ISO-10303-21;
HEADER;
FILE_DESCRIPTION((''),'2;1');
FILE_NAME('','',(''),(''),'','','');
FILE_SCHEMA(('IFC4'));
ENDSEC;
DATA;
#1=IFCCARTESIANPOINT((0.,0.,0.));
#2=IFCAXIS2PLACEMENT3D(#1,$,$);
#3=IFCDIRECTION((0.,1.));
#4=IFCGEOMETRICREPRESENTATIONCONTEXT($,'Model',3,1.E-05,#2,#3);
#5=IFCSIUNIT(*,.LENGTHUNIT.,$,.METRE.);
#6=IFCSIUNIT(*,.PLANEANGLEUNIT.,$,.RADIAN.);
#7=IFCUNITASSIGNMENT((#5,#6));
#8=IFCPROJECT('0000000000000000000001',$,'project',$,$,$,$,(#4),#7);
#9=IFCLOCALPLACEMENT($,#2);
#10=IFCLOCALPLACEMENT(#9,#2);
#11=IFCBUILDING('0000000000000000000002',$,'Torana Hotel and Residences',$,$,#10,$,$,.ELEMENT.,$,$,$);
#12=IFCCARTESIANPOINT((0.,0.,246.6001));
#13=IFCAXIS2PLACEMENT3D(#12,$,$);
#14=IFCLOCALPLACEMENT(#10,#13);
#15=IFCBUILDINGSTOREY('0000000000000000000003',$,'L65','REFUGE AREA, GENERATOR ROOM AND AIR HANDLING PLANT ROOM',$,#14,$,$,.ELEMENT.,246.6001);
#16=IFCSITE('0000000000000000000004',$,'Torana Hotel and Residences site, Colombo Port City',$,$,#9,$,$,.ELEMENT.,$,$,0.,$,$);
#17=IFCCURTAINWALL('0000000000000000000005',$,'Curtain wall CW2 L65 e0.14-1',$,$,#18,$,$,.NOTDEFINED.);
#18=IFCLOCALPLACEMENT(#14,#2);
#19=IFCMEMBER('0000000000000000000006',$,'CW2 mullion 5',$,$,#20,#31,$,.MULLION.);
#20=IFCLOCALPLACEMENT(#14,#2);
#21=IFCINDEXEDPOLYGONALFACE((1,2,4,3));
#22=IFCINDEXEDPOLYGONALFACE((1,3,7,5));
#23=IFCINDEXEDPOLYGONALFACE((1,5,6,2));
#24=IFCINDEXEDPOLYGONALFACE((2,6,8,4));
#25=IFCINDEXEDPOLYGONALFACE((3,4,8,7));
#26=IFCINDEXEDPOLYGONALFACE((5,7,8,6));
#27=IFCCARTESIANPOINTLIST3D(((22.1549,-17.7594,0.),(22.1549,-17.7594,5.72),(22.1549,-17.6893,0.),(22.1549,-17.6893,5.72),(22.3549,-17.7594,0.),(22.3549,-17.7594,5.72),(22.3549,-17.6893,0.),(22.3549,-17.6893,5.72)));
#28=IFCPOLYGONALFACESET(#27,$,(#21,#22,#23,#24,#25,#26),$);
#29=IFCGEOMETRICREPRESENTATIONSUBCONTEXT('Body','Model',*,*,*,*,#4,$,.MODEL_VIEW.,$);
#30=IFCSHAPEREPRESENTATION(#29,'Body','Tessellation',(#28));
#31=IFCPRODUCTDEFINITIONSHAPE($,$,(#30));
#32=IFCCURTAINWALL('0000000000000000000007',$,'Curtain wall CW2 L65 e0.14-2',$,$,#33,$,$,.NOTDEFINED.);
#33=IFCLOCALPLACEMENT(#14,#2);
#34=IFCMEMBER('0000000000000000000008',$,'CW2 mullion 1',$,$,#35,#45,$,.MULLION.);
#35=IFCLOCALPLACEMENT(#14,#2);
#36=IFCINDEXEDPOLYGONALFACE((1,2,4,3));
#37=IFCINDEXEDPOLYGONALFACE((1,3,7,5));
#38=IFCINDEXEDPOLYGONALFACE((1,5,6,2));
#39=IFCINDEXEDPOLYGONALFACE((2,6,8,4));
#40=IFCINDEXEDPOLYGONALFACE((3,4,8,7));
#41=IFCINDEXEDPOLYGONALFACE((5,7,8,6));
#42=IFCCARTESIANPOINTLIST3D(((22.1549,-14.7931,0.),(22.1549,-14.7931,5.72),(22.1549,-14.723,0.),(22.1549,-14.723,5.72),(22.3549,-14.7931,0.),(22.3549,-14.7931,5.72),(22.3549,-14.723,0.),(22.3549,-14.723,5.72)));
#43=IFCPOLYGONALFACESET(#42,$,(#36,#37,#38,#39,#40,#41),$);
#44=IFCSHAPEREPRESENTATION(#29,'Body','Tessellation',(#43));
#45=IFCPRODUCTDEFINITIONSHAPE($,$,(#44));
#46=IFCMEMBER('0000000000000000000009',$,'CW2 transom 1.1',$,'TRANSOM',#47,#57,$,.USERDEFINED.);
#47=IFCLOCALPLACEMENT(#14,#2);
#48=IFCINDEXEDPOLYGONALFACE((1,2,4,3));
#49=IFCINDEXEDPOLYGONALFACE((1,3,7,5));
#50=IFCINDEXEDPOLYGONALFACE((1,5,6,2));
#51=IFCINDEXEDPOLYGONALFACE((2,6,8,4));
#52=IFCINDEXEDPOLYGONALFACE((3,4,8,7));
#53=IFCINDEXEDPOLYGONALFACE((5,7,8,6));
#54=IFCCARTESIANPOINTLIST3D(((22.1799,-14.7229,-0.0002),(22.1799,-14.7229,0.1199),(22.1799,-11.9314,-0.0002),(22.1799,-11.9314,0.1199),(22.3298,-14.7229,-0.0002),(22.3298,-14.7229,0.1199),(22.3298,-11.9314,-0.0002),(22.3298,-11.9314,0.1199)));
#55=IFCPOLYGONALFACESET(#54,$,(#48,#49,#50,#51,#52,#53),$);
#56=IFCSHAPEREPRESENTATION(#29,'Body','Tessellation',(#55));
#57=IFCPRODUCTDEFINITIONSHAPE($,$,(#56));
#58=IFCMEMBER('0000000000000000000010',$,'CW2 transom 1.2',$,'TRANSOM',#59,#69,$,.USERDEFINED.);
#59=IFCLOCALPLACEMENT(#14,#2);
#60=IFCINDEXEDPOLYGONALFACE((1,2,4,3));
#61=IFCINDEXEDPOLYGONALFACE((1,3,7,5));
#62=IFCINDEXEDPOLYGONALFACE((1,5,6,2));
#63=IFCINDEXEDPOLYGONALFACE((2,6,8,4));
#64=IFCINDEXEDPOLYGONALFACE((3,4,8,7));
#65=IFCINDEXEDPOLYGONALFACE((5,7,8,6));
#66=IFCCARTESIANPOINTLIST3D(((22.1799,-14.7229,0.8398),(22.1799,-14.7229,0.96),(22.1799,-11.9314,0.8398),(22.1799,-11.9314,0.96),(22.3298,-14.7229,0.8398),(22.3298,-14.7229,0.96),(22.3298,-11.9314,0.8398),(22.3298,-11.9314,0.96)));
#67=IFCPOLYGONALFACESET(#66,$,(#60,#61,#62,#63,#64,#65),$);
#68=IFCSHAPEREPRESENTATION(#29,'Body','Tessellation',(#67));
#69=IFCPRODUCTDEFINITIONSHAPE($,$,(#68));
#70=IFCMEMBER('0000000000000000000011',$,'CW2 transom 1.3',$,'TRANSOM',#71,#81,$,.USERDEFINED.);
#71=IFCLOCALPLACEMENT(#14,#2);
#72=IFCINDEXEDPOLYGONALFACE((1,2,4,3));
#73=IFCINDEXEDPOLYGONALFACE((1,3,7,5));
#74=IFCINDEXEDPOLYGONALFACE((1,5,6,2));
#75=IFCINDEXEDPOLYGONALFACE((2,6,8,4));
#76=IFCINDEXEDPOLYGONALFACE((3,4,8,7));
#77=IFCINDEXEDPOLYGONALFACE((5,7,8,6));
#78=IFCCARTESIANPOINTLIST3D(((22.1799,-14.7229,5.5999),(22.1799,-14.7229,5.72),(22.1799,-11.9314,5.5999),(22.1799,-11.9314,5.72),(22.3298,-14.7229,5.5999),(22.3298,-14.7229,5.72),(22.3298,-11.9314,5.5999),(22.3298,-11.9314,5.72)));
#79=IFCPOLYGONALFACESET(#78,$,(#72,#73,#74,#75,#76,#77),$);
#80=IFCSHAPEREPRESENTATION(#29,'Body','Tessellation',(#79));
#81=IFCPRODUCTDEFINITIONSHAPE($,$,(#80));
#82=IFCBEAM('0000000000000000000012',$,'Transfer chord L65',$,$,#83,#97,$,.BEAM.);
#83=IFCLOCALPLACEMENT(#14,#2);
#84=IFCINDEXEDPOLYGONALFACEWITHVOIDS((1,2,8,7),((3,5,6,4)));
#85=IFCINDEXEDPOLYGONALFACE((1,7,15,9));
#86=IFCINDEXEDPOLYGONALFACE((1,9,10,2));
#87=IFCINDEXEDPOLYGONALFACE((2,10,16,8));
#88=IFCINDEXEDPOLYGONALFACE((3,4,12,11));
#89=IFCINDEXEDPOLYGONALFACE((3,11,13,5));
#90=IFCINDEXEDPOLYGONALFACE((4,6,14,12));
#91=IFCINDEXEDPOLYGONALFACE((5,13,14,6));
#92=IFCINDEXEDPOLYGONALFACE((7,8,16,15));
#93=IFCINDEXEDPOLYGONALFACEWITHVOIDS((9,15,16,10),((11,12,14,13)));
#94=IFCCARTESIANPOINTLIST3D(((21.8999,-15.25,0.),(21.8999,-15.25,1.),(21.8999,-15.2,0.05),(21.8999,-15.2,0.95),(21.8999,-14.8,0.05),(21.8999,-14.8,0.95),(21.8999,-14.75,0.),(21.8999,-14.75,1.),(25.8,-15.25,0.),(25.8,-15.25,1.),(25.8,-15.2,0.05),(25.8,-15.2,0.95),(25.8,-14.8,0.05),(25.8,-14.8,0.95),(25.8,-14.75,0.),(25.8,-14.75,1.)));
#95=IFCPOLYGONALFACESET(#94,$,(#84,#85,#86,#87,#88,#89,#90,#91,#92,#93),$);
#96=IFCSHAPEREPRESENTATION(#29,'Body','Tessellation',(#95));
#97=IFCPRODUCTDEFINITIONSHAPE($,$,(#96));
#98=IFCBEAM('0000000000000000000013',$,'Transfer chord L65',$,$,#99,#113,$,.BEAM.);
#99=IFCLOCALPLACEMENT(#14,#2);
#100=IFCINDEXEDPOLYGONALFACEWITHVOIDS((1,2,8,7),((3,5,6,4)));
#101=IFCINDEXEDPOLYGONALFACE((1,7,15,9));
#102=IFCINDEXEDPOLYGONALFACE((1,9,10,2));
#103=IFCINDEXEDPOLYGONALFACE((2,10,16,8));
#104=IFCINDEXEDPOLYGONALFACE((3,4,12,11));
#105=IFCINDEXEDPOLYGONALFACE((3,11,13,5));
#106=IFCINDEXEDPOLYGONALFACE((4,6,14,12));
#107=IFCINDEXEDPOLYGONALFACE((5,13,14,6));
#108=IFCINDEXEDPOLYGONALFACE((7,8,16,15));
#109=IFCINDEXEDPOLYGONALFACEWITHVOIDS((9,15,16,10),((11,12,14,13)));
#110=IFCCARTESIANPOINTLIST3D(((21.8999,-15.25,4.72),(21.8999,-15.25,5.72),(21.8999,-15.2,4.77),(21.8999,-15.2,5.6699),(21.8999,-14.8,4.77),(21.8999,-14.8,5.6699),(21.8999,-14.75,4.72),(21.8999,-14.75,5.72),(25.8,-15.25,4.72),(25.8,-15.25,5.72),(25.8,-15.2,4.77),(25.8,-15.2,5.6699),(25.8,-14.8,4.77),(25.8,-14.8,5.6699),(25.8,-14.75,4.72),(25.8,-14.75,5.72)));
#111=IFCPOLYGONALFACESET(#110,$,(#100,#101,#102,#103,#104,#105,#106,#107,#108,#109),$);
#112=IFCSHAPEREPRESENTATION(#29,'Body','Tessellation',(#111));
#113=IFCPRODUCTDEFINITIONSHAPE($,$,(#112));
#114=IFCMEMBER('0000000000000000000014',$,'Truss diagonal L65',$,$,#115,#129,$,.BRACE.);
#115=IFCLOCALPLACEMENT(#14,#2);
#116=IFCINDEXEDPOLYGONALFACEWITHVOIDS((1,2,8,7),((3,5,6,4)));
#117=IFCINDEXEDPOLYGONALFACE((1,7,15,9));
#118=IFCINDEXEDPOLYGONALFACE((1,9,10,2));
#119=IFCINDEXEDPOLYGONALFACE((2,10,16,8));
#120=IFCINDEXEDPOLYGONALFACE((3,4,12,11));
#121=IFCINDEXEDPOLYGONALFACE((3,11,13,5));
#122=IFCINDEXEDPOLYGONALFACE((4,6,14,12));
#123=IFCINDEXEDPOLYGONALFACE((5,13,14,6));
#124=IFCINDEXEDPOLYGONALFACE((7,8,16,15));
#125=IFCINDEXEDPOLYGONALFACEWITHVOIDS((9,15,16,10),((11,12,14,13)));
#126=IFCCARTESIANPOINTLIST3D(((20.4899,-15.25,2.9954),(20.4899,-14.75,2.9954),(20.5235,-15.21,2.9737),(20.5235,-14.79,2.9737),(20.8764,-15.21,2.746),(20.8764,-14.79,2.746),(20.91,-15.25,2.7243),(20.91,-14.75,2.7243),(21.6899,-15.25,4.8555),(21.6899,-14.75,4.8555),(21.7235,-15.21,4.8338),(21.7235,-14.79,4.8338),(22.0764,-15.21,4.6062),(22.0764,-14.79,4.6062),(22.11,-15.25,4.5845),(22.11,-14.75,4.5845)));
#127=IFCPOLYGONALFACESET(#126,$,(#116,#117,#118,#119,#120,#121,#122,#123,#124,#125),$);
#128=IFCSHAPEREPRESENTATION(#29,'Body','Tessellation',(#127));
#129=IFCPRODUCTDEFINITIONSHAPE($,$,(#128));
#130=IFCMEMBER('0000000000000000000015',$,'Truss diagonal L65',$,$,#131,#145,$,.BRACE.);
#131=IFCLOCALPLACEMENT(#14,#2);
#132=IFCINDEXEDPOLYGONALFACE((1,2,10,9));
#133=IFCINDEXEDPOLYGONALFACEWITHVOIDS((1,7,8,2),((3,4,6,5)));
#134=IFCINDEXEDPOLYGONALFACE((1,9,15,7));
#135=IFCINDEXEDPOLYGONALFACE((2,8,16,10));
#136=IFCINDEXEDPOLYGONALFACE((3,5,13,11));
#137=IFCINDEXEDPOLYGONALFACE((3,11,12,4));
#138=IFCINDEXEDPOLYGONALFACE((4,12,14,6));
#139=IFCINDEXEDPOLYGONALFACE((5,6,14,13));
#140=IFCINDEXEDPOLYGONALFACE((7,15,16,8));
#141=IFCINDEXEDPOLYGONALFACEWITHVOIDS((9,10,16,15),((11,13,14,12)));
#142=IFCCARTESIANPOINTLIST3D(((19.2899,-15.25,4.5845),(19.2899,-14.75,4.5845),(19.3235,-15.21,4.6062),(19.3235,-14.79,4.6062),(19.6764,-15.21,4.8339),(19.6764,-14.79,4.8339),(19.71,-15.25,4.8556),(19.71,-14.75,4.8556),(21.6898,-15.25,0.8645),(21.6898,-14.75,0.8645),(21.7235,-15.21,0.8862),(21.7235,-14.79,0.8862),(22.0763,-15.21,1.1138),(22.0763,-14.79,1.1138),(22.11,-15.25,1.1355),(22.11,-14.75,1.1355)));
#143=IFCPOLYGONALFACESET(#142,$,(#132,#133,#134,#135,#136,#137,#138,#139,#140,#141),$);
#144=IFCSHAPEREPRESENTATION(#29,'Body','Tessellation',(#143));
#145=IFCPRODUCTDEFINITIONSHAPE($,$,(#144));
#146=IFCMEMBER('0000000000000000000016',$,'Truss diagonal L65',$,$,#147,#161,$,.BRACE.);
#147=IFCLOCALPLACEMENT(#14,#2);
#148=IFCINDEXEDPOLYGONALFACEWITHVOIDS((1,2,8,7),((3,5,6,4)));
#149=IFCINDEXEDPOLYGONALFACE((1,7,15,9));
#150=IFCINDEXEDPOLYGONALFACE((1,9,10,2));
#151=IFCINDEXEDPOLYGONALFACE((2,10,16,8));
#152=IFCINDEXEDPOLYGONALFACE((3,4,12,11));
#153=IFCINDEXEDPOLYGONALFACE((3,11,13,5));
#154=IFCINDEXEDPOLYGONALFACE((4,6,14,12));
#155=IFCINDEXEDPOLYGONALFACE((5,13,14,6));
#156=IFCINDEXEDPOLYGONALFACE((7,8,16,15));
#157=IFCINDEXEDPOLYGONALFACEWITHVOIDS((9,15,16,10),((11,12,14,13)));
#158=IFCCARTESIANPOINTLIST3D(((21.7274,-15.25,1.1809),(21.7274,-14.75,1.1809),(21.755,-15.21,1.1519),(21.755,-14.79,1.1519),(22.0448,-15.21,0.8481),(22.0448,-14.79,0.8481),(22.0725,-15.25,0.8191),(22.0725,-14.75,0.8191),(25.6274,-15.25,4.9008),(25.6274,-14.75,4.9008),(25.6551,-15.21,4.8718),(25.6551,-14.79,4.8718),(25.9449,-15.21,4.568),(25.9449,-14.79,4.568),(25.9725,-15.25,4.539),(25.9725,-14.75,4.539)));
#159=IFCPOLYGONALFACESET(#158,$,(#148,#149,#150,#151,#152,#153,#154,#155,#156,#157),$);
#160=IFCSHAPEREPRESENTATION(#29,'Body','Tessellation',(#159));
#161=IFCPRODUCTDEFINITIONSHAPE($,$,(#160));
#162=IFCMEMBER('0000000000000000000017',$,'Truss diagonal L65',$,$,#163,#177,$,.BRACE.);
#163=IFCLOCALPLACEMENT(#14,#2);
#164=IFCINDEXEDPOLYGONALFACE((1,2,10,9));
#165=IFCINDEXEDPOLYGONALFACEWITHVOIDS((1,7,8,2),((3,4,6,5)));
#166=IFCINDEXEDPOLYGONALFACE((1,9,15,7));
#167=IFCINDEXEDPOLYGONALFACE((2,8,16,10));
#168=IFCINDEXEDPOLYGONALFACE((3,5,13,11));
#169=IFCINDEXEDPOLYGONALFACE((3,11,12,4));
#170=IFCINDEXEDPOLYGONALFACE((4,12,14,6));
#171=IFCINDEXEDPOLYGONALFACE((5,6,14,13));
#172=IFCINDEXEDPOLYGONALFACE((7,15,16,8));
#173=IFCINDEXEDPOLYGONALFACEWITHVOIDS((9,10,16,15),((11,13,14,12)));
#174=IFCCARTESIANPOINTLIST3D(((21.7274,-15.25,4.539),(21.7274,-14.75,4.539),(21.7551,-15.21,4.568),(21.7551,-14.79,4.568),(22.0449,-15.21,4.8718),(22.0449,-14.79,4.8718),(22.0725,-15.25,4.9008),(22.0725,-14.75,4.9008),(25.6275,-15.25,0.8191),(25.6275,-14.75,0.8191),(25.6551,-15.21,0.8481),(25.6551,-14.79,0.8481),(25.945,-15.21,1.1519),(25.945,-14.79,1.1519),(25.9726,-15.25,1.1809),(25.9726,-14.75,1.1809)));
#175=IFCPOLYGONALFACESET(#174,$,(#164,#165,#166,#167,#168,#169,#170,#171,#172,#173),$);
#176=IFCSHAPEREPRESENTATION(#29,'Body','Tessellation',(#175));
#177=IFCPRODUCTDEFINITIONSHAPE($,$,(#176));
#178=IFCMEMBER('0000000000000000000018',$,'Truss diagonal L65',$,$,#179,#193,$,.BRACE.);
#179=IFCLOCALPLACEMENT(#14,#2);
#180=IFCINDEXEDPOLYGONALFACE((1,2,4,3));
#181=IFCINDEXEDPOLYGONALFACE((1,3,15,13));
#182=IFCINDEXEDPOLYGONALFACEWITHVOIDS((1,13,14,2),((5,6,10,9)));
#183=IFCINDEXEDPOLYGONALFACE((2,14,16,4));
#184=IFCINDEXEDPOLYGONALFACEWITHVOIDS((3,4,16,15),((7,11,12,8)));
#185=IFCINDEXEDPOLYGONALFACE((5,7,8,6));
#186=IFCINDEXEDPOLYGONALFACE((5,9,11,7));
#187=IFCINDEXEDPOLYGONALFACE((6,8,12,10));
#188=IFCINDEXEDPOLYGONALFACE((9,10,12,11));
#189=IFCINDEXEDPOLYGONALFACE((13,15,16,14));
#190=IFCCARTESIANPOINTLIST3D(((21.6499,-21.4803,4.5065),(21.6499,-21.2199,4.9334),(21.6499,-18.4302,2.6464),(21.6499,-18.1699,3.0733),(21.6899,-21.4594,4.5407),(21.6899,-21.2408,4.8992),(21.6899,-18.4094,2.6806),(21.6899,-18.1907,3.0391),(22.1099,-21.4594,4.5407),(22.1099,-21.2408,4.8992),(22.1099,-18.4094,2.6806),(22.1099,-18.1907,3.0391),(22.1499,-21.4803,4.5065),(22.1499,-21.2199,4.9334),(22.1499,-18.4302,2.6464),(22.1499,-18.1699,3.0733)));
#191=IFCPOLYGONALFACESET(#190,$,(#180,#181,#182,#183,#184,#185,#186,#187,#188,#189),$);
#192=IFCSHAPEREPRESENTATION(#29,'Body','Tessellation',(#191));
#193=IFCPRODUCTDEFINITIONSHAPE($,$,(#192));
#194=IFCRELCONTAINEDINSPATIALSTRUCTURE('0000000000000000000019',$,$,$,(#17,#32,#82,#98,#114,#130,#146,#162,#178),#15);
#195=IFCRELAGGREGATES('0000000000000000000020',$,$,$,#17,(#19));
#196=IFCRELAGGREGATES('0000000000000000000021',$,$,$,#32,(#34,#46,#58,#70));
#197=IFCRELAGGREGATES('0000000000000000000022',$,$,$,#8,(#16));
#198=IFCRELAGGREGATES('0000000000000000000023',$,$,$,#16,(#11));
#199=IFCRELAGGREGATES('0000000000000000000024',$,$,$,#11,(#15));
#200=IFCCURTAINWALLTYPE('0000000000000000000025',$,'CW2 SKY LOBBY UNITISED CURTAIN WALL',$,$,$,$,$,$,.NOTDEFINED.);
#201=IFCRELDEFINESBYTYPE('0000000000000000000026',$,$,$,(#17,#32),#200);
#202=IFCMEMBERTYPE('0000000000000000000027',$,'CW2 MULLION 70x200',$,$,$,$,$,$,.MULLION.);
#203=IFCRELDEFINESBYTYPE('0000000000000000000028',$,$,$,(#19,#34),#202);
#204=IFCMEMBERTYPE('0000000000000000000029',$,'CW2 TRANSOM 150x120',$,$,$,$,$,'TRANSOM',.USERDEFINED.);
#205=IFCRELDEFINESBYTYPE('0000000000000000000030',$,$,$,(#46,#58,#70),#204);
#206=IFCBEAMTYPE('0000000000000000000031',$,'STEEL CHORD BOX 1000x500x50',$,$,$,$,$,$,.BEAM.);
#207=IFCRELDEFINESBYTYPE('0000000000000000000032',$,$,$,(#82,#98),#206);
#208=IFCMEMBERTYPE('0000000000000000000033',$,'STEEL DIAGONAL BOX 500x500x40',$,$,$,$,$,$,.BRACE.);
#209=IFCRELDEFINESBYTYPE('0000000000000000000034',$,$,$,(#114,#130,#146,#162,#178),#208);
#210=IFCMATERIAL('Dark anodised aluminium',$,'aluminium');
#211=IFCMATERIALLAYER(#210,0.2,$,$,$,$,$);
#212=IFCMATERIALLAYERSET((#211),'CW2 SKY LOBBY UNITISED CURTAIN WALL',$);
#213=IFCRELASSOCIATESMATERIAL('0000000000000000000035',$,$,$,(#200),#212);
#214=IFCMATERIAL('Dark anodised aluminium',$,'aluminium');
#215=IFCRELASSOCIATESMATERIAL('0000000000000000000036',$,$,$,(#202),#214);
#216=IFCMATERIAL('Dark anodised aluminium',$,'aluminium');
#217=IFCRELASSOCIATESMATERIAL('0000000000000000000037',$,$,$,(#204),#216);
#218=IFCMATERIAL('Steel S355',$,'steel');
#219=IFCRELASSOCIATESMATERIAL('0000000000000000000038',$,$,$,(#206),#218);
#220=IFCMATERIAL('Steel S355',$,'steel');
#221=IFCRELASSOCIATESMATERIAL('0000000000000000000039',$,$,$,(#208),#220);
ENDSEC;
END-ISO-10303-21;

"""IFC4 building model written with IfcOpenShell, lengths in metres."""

from ifc_helpers import new_model, si_unit, direction, frame, origin, origin_2d, place, context, subcontext, project, spatial, rectangle, hollow_rectangle, extrude, material, layer, layer_set, material_profile, profile_set, type_object, element, aggregate, save


model = new_model("IFC4")

# Units and contexts
model_context = context("Model", 3, precision=1e-05, world=origin(), true_north=direction((0.0, 1.0)))
body_context = subcontext(model_context, "Body", "Model", "MODEL_VIEW")
ifc_project = project(units=[si_unit("LENGTHUNIT", "METRE"), si_unit("PLANEANGLEUNIT", "RADIAN")], contexts=[model_context])

# Site, building, storey
site_placement = place(None, origin())
site = spatial("IfcSite", under=ifc_project, at=site_placement, Name="Torana Hotel and Residences site, Colombo Port City", CompositionType="ELEMENT", RefElevation=0.0)
building_placement = place(site_placement, origin())
building = spatial("IfcBuilding", under=site, at=building_placement, Name="Torana Hotel and Residences", CompositionType="ELEMENT")
storey_placement = place(building_placement, frame((0.0, 0.0, 246.6001)))
storey = spatial("IfcBuildingStorey", under=building, at=storey_placement, Name="L65", Description="REFUGE AREA, GENERATOR ROOM AND AIR HANDLING PLANT ROOM", CompositionType="ELEMENT", Elevation=246.6001)

# Curtain wall, member
ifc_material_1 = material(Name="Dark anodised aluminium", Category="aluminium")
ifc_layer_1 = layer(ifc_material_1, 0.2)
ifc_layer_set_1 = layer_set([ifc_layer_1], Name="CW2 SKY LOBBY UNITISED CURTAIN WALL")
curtain_wall_type = type_object("IfcCurtainWallType", Name="CW2 SKY LOBBY UNITISED CURTAIN WALL", PredefinedType="NOTDEFINED", material=ifc_layer_set_1)
curtain_wall_1_placement = place(storey_placement, origin())
curtain_wall_1 = element("IfcCurtainWall", 1, at=curtain_wall_1_placement, inside=storey, type_object=curtain_wall_type, Name="Curtain wall CW2 L65 e0.14-1", PredefinedType="NOTDEFINED")
ifc_material_2 = material(Name="Dark anodised aluminium", Category="aluminium")
ifc_material_profile_1 = material_profile(ifc_material_2, rectangle(XDim=0.2, YDim=0.0701, at=origin_2d()), Name="CW2 MULLION 70x200")
ifc_profile_set_1 = profile_set([ifc_material_profile_1], Name="Dark anodised aluminium")
member_type_1 = type_object("IfcMemberType", Name="CW2 MULLION 70x200", PredefinedType="MULLION", material=ifc_profile_set_1)
member_1_placement = place(storey_placement, frame((22.2549, -17.7244, 0.0), z_axis=(0.0, 0.0, 1.0), x_axis=(-1.0, 0.0, 0.0)))
member_1 = element("IfcMember", 2, at=member_1_placement, type_object=member_type_1, Name="CW2 mullion 5", PredefinedType="MULLION", context=body_context, shape_type="SweptSolid", body=[
    extrude(rectangle(XDim=0.2, YDim=0.0701, at=origin_2d()), origin(), (0.0, 0.0, 1.0), 5.72),
])
aggregate(curtain_wall_1, [member_1])

# Curtain wall, members
curtain_wall_2_placement = place(storey_placement, origin())
curtain_wall_2 = element("IfcCurtainWall", 3, at=curtain_wall_2_placement, inside=storey, type_object=curtain_wall_type, Name="Curtain wall CW2 L65 e0.14-2", PredefinedType="NOTDEFINED")
member_2_placement = place(storey_placement, frame((22.2549, -14.7581, 0.0), z_axis=(0.0, 0.0, 1.0), x_axis=(-1.0, 0.0, 0.0)))
member_2 = element("IfcMember", 4, at=member_2_placement, type_object=member_type_1, Name="CW2 mullion 1", PredefinedType="MULLION", context=body_context, shape_type="SweptSolid", body=[
    extrude(rectangle(XDim=0.2, YDim=0.0701, at=origin_2d()), origin(), (0.0, 0.0, 1.0), 5.72),
])
ifc_material_3 = material(Name="Dark anodised aluminium", Category="aluminium")
ifc_material_profile_2 = material_profile(ifc_material_3, rectangle(XDim=0.1499, YDim=0.1201, at=origin_2d()), Name="CW2 TRANSOM 150x120")
ifc_profile_set_2 = profile_set([ifc_material_profile_2], Name="Dark anodised aluminium")
member_type_2 = type_object("IfcMemberType", Name="CW2 TRANSOM 150x120", ElementType="TRANSOM", PredefinedType="USERDEFINED", material=ifc_profile_set_2)
member_3_placement = place(storey_placement, frame((22.2549, -14.7229, 0.0598), z_axis=(0.0, 1.0, 0.0), x_axis=(-1.0, 0.0, 0.0)))
member_3 = element("IfcMember", 5, at=member_3_placement, type_object=member_type_2, Name="CW2 transom 1.1", ObjectType="TRANSOM", PredefinedType="USERDEFINED", context=body_context, shape_type="SweptSolid", body=[
    extrude(rectangle(XDim=0.1499, YDim=0.1201, at=origin_2d()), origin(), (0.0, 0.0, 1.0), 2.7915),
])
member_4_placement = place(storey_placement, frame((22.2549, -14.7229, 0.8999), z_axis=(0.0, 1.0, 0.0), x_axis=(-1.0, 0.0, 0.0)))
member_4 = element("IfcMember", 6, at=member_4_placement, type_object=member_type_2, Name="CW2 transom 1.2", ObjectType="TRANSOM", PredefinedType="USERDEFINED", context=body_context, shape_type="SweptSolid", body=[
    extrude(rectangle(XDim=0.1499, YDim=0.1201, at=origin_2d()), origin(), (0.0, 0.0, 1.0), 2.7915),
])
member_5_placement = place(storey_placement, frame((22.2549, -14.7229, 5.6599), z_axis=(0.0, 1.0, 0.0), x_axis=(-1.0, 0.0, 0.0)))
member_5 = element("IfcMember", 7, at=member_5_placement, type_object=member_type_2, Name="CW2 transom 1.3", ObjectType="TRANSOM", PredefinedType="USERDEFINED", context=body_context, shape_type="SweptSolid", body=[
    extrude(rectangle(XDim=0.1499, YDim=0.1201, at=origin_2d()), origin(), (0.0, 0.0, 1.0), 2.7915),
])
aggregate(curtain_wall_2, [member_2, member_3, member_4, member_5])

# Beams
ifc_material_4 = material(Name="Steel S355", Category="steel")
ifc_material_profile_3 = material_profile(ifc_material_4, hollow_rectangle(XDim=0.5, YDim=1.0, WallThickness=0.05, at=origin_2d()), Name="BOX 1000x500x50")
ifc_profile_set_3 = profile_set([ifc_material_profile_3], Name="Steel S355")
beam_type = type_object("IfcBeamType", Name="STEEL CHORD BOX 1000x500x50", PredefinedType="BEAM", material=ifc_profile_set_3)
for number, where, z_axis, x_axis, name in (
    (8, (21.8999, -15.0, 0.5), (1.0, 0.0, 0.0), (0.0, 1.0, 0.0), "Transfer chord L65"),
    (9, (21.8999, -15.0, 5.22), (1.0, 0.0, 0.0), (0.0, 1.0, 0.0), "Transfer chord L65"),
):
    element("IfcBeam", number, at=place(storey_placement, frame(where, z_axis=z_axis, x_axis=x_axis)), inside=storey, type_object=beam_type, Name=name, PredefinedType="BEAM", context=body_context, shape_type="SweptSolid", body=[
        extrude(hollow_rectangle(XDim=0.5, YDim=1.0, WallThickness=0.05, at=origin_2d()), origin(), (0.0, 0.0, 1.0), 3.9001),
    ])

# Members
ifc_material_5 = material(Name="Steel S355", Category="steel")
ifc_material_profile_4 = material_profile(ifc_material_5, hollow_rectangle(XDim=0.5, YDim=0.5, WallThickness=0.04, at=origin_2d()), Name="BOX 500x500x40")
ifc_profile_set_4 = profile_set([ifc_material_profile_4], Name="Steel S355")
member_type_3 = type_object("IfcMemberType", Name="STEEL DIAGONAL BOX 500x500x40", PredefinedType="BRACE", material=ifc_profile_set_4)
member_6_placement = place(storey_placement, frame((20.7, -15.0, 2.8599), z_axis=(0.542089, 0.0, 0.840321), x_axis=(0.0, 1.0, 0.0)))
element("IfcMember", 10, at=member_6_placement, inside=storey, type_object=member_type_3, Name="Truss diagonal L65", PredefinedType="BRACE", context=body_context, shape_type="SweptSolid", body=[
    extrude(hollow_rectangle(XDim=0.5, YDim=0.5, WallThickness=0.04, at=origin_2d()), origin(), (0.0, 0.0, 1.0), 2.2136),
])
member_7_placement = place(storey_placement, frame((21.8999, -15.0, 1.0), z_axis=(-0.542114, 0.0, 0.840305), x_axis=(0.0, -1.0, 0.0)))
element("IfcMember", 11, at=member_7_placement, inside=storey, type_object=member_type_3, Name="Truss diagonal L65", PredefinedType="BRACE", context=body_context, shape_type="SweptSolid", body=[
    extrude(hollow_rectangle(XDim=0.5, YDim=0.5, WallThickness=0.04, at=origin_2d()), origin(), (0.0, 0.0, 1.0), 4.427),
])
for number, where, z_axis, x_axis, name in (
    (12, (21.8999, -15.0, 1.0), (0.723624, 0.0, 0.690195), (0.0, 1.0, 0.0), "Truss diagonal L65"),
    (13, (25.8, -15.0, 1.0), (-0.723624, 0.0, 0.690195), (0.0, -1.0, 0.0), "Truss diagonal L65"),
):
    element("IfcMember", number, at=place(storey_placement, frame(where, z_axis=z_axis, x_axis=x_axis)), inside=storey, type_object=member_type_3, Name=name, PredefinedType="BRACE", context=body_context, shape_type="SweptSolid", body=[
        extrude(hollow_rectangle(XDim=0.5, YDim=0.5, WallThickness=0.04, at=origin_2d()), origin(), (0.0, 0.0, 1.0), 5.3896),
    ])
member_8_placement = place(storey_placement, frame((21.8999, -18.3, 2.8599), z_axis=(0.0, -0.853756, 0.520673), x_axis=(1.0, 0.0, 0.0)))
element("IfcMember", 14, at=member_8_placement, inside=storey, type_object=member_type_3, Name="Truss diagonal L65", PredefinedType="BRACE", context=body_context, shape_type="SweptSolid", body=[
    extrude(hollow_rectangle(XDim=0.5, YDim=0.5, WallThickness=0.04, at=origin_2d()), origin(), (0.0, 0.0, 1.0), 3.5725),
])

save(model, "model.ifc")
